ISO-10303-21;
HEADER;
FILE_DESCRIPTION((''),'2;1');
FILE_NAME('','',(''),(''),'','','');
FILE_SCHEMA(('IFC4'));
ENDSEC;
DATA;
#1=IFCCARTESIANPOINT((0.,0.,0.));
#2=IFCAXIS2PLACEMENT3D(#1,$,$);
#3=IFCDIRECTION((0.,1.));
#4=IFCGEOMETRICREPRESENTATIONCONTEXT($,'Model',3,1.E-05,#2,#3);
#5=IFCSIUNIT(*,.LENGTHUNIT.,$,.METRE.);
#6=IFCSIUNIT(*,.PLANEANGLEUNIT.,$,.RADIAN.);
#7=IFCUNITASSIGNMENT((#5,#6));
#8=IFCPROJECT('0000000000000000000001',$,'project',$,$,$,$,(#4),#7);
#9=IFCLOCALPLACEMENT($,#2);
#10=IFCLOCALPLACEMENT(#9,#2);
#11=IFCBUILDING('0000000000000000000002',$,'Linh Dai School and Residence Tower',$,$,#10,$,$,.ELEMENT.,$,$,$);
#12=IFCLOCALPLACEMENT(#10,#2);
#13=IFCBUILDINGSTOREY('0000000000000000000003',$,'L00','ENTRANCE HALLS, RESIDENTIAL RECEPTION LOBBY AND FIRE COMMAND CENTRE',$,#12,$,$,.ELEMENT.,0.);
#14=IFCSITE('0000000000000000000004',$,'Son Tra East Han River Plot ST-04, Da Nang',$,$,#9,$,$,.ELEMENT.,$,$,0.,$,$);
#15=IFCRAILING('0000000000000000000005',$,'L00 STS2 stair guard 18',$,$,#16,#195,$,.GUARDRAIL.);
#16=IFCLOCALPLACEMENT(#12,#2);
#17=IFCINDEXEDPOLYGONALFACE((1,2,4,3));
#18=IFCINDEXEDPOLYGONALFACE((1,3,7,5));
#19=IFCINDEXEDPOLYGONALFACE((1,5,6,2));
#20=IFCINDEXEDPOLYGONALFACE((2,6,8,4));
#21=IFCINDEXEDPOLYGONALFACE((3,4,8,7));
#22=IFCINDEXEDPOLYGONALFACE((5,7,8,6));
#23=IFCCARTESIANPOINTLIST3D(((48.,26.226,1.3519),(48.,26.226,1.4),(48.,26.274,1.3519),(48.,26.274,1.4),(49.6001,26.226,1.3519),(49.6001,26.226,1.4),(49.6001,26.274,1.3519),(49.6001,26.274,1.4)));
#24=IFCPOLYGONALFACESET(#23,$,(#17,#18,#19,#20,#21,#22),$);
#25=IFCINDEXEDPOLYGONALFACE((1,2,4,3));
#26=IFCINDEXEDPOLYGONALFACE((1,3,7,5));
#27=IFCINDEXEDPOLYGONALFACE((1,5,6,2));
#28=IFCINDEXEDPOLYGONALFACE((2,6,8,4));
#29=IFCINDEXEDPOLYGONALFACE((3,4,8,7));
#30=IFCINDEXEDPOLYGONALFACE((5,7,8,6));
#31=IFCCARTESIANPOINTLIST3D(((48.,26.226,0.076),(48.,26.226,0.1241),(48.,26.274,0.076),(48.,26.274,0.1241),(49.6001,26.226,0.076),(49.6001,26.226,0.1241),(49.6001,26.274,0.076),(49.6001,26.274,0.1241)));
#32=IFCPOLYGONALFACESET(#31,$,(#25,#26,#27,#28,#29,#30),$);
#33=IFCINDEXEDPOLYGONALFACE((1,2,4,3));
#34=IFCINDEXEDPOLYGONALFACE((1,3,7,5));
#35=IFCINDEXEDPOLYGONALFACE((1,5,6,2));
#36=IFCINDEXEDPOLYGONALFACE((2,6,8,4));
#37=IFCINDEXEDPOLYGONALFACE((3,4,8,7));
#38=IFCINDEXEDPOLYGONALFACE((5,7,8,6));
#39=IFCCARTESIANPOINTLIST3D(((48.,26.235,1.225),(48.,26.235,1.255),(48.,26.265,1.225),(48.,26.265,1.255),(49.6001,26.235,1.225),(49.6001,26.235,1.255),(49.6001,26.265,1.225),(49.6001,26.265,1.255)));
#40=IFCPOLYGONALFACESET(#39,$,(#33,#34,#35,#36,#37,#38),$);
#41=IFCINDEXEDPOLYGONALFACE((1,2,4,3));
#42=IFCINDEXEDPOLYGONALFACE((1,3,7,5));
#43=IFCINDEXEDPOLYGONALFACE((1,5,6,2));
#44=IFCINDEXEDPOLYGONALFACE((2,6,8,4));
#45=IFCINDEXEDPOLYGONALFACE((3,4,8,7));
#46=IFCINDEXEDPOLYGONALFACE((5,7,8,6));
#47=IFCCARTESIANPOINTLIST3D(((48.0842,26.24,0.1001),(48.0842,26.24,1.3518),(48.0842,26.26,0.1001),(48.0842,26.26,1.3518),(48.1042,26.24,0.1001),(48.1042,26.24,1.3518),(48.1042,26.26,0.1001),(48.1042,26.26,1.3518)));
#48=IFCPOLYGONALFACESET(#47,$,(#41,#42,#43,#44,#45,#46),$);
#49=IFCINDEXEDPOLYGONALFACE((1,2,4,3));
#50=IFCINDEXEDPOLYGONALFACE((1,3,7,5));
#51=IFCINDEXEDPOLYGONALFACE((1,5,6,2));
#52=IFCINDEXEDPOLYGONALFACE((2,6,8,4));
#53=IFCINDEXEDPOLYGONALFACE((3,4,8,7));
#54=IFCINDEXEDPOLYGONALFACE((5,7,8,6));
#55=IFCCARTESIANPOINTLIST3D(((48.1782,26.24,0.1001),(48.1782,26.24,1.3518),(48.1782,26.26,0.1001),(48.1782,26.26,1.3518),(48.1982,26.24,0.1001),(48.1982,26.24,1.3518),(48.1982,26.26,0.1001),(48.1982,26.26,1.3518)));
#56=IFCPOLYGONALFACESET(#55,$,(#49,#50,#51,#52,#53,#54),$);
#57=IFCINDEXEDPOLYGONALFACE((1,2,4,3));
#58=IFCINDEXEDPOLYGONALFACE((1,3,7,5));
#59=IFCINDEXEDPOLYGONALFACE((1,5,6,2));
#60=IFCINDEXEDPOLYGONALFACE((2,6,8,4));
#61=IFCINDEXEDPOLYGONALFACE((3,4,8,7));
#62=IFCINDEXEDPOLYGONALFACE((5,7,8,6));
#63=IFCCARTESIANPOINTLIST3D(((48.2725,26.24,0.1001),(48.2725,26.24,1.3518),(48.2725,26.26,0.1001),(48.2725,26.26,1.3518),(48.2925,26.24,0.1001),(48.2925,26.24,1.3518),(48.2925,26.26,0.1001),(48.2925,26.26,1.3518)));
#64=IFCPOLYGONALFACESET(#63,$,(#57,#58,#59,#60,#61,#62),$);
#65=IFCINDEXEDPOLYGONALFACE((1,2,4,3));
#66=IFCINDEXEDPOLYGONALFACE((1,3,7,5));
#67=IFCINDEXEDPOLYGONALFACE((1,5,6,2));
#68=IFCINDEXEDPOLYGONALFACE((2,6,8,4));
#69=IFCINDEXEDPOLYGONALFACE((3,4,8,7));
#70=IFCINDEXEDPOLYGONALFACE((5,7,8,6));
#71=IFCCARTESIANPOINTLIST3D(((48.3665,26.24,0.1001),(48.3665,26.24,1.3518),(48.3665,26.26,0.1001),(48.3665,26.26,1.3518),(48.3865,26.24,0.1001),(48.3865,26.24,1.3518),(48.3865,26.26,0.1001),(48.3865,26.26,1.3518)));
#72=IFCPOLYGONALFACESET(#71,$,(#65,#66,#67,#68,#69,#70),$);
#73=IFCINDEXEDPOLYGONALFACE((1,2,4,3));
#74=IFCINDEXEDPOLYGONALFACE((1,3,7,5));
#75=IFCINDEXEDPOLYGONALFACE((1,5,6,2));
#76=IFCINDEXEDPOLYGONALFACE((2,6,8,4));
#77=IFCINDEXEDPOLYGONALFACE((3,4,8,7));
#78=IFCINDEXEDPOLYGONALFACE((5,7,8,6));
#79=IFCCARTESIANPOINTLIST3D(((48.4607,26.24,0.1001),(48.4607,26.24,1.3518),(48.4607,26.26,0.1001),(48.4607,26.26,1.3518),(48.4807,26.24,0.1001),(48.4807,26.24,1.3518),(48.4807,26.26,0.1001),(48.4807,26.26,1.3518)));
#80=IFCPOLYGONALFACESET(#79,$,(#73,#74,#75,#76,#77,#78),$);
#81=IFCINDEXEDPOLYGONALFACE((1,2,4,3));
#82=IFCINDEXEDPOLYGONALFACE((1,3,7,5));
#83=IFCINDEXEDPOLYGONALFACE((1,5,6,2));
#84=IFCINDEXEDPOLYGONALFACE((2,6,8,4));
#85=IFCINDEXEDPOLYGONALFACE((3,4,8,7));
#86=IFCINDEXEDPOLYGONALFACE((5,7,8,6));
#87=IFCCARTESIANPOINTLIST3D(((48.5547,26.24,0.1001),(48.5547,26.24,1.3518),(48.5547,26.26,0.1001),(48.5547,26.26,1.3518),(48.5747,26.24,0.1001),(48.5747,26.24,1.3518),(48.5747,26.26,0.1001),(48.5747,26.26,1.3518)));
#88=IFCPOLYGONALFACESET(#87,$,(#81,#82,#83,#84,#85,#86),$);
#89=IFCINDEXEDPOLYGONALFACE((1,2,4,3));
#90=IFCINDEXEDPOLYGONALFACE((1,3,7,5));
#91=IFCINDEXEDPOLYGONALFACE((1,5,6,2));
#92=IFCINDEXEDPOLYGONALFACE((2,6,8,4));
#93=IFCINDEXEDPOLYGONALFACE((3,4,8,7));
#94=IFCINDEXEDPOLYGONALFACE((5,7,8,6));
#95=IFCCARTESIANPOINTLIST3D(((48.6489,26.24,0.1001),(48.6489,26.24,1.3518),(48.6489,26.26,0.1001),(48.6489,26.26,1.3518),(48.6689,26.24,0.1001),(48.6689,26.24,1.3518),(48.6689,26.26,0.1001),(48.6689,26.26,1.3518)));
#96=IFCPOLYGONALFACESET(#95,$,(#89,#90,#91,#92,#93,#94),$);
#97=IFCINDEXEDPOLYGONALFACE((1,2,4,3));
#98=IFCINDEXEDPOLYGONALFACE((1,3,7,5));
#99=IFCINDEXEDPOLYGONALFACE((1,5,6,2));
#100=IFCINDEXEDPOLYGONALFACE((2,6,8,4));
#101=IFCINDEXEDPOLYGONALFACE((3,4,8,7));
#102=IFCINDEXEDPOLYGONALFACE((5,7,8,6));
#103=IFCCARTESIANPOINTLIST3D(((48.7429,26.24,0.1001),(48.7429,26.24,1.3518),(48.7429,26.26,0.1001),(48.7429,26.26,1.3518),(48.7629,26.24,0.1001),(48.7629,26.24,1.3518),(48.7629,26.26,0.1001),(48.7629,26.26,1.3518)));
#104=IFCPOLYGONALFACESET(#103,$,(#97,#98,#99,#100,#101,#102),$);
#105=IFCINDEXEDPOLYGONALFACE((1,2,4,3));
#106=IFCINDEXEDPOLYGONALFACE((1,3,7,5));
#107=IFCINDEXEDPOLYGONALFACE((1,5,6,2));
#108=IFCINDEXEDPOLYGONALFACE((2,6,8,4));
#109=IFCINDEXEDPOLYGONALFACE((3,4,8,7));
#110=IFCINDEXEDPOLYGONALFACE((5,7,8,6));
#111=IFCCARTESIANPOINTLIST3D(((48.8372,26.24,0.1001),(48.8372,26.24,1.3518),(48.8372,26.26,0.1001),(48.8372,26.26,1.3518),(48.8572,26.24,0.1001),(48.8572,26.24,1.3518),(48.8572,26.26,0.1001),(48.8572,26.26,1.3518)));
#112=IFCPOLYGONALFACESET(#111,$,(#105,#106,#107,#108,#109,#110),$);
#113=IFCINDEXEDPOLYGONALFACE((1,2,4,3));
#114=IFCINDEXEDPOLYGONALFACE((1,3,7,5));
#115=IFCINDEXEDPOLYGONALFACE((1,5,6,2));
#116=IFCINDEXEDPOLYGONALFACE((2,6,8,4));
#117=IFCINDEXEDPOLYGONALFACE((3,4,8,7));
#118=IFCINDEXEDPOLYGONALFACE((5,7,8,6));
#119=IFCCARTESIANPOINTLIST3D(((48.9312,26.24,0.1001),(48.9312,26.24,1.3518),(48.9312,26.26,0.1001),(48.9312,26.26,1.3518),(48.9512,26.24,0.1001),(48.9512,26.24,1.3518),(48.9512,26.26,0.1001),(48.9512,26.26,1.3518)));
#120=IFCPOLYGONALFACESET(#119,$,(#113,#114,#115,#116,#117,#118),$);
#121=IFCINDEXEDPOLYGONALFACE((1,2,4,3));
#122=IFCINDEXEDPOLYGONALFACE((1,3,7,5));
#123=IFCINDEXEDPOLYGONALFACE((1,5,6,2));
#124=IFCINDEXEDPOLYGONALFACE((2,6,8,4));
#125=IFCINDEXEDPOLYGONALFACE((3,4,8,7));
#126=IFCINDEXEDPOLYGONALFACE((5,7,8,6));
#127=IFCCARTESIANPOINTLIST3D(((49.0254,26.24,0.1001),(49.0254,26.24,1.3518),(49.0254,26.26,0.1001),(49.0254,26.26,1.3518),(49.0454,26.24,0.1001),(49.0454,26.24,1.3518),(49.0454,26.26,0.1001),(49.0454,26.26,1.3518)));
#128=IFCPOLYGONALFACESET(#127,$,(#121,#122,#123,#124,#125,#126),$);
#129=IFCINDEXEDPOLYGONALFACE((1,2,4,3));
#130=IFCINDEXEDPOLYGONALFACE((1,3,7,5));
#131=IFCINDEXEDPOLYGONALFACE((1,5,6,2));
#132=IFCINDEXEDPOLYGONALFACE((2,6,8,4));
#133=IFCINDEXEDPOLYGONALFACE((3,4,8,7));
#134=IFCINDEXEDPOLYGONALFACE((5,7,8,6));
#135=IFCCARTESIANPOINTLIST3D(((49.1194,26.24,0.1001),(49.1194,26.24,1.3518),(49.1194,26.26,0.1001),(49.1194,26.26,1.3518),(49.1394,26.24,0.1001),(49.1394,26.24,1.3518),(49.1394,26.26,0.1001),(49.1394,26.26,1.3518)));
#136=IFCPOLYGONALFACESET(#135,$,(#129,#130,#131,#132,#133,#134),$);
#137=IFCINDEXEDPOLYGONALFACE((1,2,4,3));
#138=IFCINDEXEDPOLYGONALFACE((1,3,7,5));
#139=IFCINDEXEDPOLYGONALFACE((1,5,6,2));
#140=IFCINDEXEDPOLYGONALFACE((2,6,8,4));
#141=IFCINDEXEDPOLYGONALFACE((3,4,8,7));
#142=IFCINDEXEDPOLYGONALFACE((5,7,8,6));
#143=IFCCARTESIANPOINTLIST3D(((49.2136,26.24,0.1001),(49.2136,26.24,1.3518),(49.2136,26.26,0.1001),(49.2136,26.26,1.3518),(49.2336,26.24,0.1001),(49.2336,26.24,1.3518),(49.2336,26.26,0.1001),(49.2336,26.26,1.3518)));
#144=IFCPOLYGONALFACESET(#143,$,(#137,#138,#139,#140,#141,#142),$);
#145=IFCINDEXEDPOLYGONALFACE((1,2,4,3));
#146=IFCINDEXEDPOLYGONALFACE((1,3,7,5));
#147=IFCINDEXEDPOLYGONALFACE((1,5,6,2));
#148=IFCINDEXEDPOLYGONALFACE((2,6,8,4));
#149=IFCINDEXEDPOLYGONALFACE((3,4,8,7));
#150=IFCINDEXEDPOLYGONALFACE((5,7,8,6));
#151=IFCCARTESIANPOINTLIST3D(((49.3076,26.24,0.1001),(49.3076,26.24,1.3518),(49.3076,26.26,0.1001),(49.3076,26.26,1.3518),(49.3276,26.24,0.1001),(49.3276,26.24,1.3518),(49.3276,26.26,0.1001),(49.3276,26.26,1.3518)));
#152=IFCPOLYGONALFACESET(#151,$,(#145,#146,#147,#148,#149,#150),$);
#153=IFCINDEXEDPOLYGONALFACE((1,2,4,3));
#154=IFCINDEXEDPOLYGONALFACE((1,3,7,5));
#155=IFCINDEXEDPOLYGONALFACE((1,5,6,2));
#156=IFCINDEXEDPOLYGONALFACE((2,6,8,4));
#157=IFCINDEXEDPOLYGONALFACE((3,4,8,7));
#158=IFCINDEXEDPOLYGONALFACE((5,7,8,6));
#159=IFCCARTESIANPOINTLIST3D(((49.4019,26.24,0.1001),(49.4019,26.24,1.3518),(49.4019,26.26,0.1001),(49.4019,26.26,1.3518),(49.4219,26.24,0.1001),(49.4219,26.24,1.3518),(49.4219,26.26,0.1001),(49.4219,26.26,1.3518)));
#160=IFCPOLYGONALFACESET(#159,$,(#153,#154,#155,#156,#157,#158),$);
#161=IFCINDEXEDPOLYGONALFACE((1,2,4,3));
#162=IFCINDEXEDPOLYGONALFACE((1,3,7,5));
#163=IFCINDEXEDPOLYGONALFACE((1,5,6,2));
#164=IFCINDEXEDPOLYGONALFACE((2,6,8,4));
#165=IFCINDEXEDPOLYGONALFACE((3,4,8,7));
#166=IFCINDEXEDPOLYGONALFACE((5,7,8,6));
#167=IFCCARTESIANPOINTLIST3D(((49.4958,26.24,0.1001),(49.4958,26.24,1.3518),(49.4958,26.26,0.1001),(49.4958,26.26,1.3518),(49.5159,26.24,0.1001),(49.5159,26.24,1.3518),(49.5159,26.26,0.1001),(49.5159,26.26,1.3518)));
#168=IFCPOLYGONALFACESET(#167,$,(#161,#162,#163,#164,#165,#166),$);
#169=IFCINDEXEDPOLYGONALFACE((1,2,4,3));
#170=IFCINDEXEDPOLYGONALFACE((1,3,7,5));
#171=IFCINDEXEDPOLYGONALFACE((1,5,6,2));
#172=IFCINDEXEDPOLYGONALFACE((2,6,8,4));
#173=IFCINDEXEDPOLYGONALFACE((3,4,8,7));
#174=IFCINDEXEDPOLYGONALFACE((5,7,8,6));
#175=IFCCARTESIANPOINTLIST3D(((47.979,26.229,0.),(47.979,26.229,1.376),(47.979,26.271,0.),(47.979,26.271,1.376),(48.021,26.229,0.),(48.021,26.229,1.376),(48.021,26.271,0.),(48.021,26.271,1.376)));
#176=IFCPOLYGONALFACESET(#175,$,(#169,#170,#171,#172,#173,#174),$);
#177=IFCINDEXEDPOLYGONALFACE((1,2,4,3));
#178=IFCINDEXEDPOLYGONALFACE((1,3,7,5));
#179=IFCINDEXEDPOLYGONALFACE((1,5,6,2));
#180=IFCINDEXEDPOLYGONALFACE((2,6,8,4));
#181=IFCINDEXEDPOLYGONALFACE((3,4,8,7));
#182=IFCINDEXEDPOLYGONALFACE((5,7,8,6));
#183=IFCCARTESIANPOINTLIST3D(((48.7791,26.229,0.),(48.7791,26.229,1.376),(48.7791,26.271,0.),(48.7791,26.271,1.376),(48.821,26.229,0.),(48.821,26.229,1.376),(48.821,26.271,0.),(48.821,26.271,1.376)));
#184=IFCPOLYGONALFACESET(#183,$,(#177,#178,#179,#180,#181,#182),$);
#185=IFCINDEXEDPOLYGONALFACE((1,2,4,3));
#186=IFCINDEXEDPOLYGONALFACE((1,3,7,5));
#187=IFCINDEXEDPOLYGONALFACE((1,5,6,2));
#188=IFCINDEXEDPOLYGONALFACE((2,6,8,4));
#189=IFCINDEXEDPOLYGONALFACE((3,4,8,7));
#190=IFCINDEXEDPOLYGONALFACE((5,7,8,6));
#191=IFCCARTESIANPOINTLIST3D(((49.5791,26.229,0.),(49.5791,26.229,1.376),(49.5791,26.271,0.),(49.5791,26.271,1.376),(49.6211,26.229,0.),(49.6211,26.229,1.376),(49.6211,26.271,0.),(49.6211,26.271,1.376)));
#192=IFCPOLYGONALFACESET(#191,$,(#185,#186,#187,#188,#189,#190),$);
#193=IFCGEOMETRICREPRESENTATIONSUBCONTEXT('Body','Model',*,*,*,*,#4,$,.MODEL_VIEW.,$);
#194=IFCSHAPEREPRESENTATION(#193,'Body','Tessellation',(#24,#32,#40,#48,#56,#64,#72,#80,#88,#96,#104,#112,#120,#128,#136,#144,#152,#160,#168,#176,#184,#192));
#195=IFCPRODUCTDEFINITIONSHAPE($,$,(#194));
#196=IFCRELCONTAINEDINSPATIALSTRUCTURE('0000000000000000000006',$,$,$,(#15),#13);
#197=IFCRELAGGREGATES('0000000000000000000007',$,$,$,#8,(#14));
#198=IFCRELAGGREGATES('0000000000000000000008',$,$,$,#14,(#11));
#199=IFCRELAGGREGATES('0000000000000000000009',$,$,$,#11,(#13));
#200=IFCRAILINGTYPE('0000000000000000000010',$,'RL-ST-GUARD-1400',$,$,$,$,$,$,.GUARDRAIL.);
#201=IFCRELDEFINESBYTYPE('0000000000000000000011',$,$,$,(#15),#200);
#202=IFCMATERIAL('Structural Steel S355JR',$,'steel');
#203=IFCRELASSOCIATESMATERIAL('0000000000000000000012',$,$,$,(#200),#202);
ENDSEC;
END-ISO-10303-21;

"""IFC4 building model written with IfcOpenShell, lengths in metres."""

from ifc_helpers import new_model, si_unit, direction, frame, origin, origin_2d, place, context, subcontext, project, spatial, rectangle, extrude, source, transform, mapped, material, type_object, element, save


model = new_model("IFC4")

# Units and contexts
model_context = context("Model", 3, precision=1e-05, world=origin(), true_north=direction((0.0, 1.0)))
body_context = subcontext(model_context, "Body", "Model", "MODEL_VIEW")
ifc_project = project(units=[si_unit("LENGTHUNIT", "METRE"), si_unit("PLANEANGLEUNIT", "RADIAN")], contexts=[model_context])

# Site, building, storey
site_placement = place(None, origin())
site = spatial("IfcSite", under=ifc_project, at=site_placement, Name="Son Tra East Han River Plot ST-04, Da Nang", CompositionType="ELEMENT", RefElevation=0.0)
building_placement = place(site_placement, origin())
building = spatial("IfcBuilding", under=site, at=building_placement, Name="Linh Dai School and Residence Tower", CompositionType="ELEMENT")
storey_placement = place(building_placement, origin())
storey = spatial("IfcBuildingStorey", under=building, at=storey_placement, Name="L00", Description="ENTRANCE HALLS, RESIDENTIAL RECEPTION LOBBY AND FIRE COMMAND CENTRE", CompositionType="ELEMENT", Elevation=0.0)

# Shared definitions
ifc_material_1 = material(Name="Structural Steel S355JR", Category="steel")

# Railing
railing_type_1 = type_object("IfcRailingType", Name="RL-ST-GUARD-1400", PredefinedType="GUARDRAIL", material=ifc_material_1)
shared_shape_1 = source(origin(), body_context, "Body", "SweptSolid", [
    extrude(rectangle(XDim=0.0481, YDim=0.0481, at=origin_2d()), frame((0.0, 0.0, 1.376), z_axis=(1.0, 0.0, 0.0), x_axis=(0.0, 1.0, 0.0)), (0.0, 0.0, 1.0), 1.6001),
    extrude(rectangle(XDim=0.0481, YDim=0.0481, at=origin_2d()), frame((0.0, 0.0, 0.1001), z_axis=(1.0, 0.0, 0.0), x_axis=(0.0, 1.0, 0.0)), (0.0, 0.0, 1.0), 1.6001),
    extrude(rectangle(XDim=0.03, YDim=0.03, at=origin_2d()), frame((0.0, 0.0, 1.24), z_axis=(1.0, 0.0, 0.0), x_axis=(0.0, 1.0, 0.0)), (0.0, 0.0, 1.0), 1.6001),
    extrude(rectangle(XDim=0.02, YDim=0.02, at=origin_2d()), frame((0.0942, 0.0, 0.1001)), (0.0, 0.0, 1.0), 1.2517),
    extrude(rectangle(XDim=0.02, YDim=0.02, at=origin_2d()), frame((0.1882, 0.0, 0.1001)), (0.0, 0.0, 1.0), 1.2517),
    extrude(rectangle(XDim=0.02, YDim=0.02, at=origin_2d()), frame((0.2825, 0.0, 0.1001)), (0.0, 0.0, 1.0), 1.2517),
    extrude(rectangle(XDim=0.02, YDim=0.02, at=origin_2d()), frame((0.3765, 0.0, 0.1001)), (0.0, 0.0, 1.0), 1.2517),
    extrude(rectangle(XDim=0.02, YDim=0.02, at=origin_2d()), frame((0.4707, 0.0, 0.1001)), (0.0, 0.0, 1.0), 1.2517),
    extrude(rectangle(XDim=0.02, YDim=0.02, at=origin_2d()), frame((0.5647, 0.0, 0.1001)), (0.0, 0.0, 1.0), 1.2517),
    extrude(rectangle(XDim=0.02, YDim=0.02, at=origin_2d()), frame((0.6589, 0.0, 0.1001)), (0.0, 0.0, 1.0), 1.2517),
    extrude(rectangle(XDim=0.02, YDim=0.02, at=origin_2d()), frame((0.7529, 0.0, 0.1001)), (0.0, 0.0, 1.0), 1.2517),
    extrude(rectangle(XDim=0.02, YDim=0.02, at=origin_2d()), frame((0.8472, 0.0, 0.1001)), (0.0, 0.0, 1.0), 1.2517),
    extrude(rectangle(XDim=0.02, YDim=0.02, at=origin_2d()), frame((0.9412, 0.0, 0.1001)), (0.0, 0.0, 1.0), 1.2517),
    extrude(rectangle(XDim=0.02, YDim=0.02, at=origin_2d()), frame((1.0354, 0.0, 0.1001)), (0.0, 0.0, 1.0), 1.2517),
    extrude(rectangle(XDim=0.02, YDim=0.02, at=origin_2d()), frame((1.1294, 0.0, 0.1001)), (0.0, 0.0, 1.0), 1.2517),
    extrude(rectangle(XDim=0.02, YDim=0.02, at=origin_2d()), frame((1.2236, 0.0, 0.1001)), (0.0, 0.0, 1.0), 1.2517),
    extrude(rectangle(XDim=0.02, YDim=0.02, at=origin_2d()), frame((1.3176, 0.0, 0.1001)), (0.0, 0.0, 1.0), 1.2517),
    extrude(rectangle(XDim=0.02, YDim=0.02, at=origin_2d()), frame((1.4119, 0.0, 0.1001)), (0.0, 0.0, 1.0), 1.2517),
    extrude(rectangle(XDim=0.02, YDim=0.02, at=origin_2d()), frame((1.5059, 0.0, 0.1001)), (0.0, 0.0, 1.0), 1.2517),
    extrude(rectangle(XDim=0.042, YDim=0.042, at=origin_2d()), origin(), (0.0, 0.0, 1.0), 1.376),
    extrude(rectangle(XDim=0.042, YDim=0.042, at=origin_2d()), frame((0.8, 0.0, 0.0)), (0.0, 0.0, 1.0), 1.376),
    extrude(rectangle(XDim=0.042, YDim=0.042, at=origin_2d()), frame((1.6001, 0.0, 0.0)), (0.0, 0.0, 1.0), 1.376),
])
railing_1_placement = place(storey_placement, frame((48.0, 26.25, 0.0)))
element("IfcRailing", 1, at=railing_1_placement, inside=storey, type_object=railing_type_1, Name="L00 STS2 stair guard 18", PredefinedType="GUARDRAIL", context=body_context, shape_type="MappedRepresentation", body=[
    mapped(shared_shape_1, transform((0.0, 0.0, 0.0), x_axis=(1.0, 0.0, 0.0), y_axis=(0.0, 1.0, 0.0), z_axis=(0.0, 0.0, 1.0), scale=1.0)),
])

save(model, "model.ifc")
